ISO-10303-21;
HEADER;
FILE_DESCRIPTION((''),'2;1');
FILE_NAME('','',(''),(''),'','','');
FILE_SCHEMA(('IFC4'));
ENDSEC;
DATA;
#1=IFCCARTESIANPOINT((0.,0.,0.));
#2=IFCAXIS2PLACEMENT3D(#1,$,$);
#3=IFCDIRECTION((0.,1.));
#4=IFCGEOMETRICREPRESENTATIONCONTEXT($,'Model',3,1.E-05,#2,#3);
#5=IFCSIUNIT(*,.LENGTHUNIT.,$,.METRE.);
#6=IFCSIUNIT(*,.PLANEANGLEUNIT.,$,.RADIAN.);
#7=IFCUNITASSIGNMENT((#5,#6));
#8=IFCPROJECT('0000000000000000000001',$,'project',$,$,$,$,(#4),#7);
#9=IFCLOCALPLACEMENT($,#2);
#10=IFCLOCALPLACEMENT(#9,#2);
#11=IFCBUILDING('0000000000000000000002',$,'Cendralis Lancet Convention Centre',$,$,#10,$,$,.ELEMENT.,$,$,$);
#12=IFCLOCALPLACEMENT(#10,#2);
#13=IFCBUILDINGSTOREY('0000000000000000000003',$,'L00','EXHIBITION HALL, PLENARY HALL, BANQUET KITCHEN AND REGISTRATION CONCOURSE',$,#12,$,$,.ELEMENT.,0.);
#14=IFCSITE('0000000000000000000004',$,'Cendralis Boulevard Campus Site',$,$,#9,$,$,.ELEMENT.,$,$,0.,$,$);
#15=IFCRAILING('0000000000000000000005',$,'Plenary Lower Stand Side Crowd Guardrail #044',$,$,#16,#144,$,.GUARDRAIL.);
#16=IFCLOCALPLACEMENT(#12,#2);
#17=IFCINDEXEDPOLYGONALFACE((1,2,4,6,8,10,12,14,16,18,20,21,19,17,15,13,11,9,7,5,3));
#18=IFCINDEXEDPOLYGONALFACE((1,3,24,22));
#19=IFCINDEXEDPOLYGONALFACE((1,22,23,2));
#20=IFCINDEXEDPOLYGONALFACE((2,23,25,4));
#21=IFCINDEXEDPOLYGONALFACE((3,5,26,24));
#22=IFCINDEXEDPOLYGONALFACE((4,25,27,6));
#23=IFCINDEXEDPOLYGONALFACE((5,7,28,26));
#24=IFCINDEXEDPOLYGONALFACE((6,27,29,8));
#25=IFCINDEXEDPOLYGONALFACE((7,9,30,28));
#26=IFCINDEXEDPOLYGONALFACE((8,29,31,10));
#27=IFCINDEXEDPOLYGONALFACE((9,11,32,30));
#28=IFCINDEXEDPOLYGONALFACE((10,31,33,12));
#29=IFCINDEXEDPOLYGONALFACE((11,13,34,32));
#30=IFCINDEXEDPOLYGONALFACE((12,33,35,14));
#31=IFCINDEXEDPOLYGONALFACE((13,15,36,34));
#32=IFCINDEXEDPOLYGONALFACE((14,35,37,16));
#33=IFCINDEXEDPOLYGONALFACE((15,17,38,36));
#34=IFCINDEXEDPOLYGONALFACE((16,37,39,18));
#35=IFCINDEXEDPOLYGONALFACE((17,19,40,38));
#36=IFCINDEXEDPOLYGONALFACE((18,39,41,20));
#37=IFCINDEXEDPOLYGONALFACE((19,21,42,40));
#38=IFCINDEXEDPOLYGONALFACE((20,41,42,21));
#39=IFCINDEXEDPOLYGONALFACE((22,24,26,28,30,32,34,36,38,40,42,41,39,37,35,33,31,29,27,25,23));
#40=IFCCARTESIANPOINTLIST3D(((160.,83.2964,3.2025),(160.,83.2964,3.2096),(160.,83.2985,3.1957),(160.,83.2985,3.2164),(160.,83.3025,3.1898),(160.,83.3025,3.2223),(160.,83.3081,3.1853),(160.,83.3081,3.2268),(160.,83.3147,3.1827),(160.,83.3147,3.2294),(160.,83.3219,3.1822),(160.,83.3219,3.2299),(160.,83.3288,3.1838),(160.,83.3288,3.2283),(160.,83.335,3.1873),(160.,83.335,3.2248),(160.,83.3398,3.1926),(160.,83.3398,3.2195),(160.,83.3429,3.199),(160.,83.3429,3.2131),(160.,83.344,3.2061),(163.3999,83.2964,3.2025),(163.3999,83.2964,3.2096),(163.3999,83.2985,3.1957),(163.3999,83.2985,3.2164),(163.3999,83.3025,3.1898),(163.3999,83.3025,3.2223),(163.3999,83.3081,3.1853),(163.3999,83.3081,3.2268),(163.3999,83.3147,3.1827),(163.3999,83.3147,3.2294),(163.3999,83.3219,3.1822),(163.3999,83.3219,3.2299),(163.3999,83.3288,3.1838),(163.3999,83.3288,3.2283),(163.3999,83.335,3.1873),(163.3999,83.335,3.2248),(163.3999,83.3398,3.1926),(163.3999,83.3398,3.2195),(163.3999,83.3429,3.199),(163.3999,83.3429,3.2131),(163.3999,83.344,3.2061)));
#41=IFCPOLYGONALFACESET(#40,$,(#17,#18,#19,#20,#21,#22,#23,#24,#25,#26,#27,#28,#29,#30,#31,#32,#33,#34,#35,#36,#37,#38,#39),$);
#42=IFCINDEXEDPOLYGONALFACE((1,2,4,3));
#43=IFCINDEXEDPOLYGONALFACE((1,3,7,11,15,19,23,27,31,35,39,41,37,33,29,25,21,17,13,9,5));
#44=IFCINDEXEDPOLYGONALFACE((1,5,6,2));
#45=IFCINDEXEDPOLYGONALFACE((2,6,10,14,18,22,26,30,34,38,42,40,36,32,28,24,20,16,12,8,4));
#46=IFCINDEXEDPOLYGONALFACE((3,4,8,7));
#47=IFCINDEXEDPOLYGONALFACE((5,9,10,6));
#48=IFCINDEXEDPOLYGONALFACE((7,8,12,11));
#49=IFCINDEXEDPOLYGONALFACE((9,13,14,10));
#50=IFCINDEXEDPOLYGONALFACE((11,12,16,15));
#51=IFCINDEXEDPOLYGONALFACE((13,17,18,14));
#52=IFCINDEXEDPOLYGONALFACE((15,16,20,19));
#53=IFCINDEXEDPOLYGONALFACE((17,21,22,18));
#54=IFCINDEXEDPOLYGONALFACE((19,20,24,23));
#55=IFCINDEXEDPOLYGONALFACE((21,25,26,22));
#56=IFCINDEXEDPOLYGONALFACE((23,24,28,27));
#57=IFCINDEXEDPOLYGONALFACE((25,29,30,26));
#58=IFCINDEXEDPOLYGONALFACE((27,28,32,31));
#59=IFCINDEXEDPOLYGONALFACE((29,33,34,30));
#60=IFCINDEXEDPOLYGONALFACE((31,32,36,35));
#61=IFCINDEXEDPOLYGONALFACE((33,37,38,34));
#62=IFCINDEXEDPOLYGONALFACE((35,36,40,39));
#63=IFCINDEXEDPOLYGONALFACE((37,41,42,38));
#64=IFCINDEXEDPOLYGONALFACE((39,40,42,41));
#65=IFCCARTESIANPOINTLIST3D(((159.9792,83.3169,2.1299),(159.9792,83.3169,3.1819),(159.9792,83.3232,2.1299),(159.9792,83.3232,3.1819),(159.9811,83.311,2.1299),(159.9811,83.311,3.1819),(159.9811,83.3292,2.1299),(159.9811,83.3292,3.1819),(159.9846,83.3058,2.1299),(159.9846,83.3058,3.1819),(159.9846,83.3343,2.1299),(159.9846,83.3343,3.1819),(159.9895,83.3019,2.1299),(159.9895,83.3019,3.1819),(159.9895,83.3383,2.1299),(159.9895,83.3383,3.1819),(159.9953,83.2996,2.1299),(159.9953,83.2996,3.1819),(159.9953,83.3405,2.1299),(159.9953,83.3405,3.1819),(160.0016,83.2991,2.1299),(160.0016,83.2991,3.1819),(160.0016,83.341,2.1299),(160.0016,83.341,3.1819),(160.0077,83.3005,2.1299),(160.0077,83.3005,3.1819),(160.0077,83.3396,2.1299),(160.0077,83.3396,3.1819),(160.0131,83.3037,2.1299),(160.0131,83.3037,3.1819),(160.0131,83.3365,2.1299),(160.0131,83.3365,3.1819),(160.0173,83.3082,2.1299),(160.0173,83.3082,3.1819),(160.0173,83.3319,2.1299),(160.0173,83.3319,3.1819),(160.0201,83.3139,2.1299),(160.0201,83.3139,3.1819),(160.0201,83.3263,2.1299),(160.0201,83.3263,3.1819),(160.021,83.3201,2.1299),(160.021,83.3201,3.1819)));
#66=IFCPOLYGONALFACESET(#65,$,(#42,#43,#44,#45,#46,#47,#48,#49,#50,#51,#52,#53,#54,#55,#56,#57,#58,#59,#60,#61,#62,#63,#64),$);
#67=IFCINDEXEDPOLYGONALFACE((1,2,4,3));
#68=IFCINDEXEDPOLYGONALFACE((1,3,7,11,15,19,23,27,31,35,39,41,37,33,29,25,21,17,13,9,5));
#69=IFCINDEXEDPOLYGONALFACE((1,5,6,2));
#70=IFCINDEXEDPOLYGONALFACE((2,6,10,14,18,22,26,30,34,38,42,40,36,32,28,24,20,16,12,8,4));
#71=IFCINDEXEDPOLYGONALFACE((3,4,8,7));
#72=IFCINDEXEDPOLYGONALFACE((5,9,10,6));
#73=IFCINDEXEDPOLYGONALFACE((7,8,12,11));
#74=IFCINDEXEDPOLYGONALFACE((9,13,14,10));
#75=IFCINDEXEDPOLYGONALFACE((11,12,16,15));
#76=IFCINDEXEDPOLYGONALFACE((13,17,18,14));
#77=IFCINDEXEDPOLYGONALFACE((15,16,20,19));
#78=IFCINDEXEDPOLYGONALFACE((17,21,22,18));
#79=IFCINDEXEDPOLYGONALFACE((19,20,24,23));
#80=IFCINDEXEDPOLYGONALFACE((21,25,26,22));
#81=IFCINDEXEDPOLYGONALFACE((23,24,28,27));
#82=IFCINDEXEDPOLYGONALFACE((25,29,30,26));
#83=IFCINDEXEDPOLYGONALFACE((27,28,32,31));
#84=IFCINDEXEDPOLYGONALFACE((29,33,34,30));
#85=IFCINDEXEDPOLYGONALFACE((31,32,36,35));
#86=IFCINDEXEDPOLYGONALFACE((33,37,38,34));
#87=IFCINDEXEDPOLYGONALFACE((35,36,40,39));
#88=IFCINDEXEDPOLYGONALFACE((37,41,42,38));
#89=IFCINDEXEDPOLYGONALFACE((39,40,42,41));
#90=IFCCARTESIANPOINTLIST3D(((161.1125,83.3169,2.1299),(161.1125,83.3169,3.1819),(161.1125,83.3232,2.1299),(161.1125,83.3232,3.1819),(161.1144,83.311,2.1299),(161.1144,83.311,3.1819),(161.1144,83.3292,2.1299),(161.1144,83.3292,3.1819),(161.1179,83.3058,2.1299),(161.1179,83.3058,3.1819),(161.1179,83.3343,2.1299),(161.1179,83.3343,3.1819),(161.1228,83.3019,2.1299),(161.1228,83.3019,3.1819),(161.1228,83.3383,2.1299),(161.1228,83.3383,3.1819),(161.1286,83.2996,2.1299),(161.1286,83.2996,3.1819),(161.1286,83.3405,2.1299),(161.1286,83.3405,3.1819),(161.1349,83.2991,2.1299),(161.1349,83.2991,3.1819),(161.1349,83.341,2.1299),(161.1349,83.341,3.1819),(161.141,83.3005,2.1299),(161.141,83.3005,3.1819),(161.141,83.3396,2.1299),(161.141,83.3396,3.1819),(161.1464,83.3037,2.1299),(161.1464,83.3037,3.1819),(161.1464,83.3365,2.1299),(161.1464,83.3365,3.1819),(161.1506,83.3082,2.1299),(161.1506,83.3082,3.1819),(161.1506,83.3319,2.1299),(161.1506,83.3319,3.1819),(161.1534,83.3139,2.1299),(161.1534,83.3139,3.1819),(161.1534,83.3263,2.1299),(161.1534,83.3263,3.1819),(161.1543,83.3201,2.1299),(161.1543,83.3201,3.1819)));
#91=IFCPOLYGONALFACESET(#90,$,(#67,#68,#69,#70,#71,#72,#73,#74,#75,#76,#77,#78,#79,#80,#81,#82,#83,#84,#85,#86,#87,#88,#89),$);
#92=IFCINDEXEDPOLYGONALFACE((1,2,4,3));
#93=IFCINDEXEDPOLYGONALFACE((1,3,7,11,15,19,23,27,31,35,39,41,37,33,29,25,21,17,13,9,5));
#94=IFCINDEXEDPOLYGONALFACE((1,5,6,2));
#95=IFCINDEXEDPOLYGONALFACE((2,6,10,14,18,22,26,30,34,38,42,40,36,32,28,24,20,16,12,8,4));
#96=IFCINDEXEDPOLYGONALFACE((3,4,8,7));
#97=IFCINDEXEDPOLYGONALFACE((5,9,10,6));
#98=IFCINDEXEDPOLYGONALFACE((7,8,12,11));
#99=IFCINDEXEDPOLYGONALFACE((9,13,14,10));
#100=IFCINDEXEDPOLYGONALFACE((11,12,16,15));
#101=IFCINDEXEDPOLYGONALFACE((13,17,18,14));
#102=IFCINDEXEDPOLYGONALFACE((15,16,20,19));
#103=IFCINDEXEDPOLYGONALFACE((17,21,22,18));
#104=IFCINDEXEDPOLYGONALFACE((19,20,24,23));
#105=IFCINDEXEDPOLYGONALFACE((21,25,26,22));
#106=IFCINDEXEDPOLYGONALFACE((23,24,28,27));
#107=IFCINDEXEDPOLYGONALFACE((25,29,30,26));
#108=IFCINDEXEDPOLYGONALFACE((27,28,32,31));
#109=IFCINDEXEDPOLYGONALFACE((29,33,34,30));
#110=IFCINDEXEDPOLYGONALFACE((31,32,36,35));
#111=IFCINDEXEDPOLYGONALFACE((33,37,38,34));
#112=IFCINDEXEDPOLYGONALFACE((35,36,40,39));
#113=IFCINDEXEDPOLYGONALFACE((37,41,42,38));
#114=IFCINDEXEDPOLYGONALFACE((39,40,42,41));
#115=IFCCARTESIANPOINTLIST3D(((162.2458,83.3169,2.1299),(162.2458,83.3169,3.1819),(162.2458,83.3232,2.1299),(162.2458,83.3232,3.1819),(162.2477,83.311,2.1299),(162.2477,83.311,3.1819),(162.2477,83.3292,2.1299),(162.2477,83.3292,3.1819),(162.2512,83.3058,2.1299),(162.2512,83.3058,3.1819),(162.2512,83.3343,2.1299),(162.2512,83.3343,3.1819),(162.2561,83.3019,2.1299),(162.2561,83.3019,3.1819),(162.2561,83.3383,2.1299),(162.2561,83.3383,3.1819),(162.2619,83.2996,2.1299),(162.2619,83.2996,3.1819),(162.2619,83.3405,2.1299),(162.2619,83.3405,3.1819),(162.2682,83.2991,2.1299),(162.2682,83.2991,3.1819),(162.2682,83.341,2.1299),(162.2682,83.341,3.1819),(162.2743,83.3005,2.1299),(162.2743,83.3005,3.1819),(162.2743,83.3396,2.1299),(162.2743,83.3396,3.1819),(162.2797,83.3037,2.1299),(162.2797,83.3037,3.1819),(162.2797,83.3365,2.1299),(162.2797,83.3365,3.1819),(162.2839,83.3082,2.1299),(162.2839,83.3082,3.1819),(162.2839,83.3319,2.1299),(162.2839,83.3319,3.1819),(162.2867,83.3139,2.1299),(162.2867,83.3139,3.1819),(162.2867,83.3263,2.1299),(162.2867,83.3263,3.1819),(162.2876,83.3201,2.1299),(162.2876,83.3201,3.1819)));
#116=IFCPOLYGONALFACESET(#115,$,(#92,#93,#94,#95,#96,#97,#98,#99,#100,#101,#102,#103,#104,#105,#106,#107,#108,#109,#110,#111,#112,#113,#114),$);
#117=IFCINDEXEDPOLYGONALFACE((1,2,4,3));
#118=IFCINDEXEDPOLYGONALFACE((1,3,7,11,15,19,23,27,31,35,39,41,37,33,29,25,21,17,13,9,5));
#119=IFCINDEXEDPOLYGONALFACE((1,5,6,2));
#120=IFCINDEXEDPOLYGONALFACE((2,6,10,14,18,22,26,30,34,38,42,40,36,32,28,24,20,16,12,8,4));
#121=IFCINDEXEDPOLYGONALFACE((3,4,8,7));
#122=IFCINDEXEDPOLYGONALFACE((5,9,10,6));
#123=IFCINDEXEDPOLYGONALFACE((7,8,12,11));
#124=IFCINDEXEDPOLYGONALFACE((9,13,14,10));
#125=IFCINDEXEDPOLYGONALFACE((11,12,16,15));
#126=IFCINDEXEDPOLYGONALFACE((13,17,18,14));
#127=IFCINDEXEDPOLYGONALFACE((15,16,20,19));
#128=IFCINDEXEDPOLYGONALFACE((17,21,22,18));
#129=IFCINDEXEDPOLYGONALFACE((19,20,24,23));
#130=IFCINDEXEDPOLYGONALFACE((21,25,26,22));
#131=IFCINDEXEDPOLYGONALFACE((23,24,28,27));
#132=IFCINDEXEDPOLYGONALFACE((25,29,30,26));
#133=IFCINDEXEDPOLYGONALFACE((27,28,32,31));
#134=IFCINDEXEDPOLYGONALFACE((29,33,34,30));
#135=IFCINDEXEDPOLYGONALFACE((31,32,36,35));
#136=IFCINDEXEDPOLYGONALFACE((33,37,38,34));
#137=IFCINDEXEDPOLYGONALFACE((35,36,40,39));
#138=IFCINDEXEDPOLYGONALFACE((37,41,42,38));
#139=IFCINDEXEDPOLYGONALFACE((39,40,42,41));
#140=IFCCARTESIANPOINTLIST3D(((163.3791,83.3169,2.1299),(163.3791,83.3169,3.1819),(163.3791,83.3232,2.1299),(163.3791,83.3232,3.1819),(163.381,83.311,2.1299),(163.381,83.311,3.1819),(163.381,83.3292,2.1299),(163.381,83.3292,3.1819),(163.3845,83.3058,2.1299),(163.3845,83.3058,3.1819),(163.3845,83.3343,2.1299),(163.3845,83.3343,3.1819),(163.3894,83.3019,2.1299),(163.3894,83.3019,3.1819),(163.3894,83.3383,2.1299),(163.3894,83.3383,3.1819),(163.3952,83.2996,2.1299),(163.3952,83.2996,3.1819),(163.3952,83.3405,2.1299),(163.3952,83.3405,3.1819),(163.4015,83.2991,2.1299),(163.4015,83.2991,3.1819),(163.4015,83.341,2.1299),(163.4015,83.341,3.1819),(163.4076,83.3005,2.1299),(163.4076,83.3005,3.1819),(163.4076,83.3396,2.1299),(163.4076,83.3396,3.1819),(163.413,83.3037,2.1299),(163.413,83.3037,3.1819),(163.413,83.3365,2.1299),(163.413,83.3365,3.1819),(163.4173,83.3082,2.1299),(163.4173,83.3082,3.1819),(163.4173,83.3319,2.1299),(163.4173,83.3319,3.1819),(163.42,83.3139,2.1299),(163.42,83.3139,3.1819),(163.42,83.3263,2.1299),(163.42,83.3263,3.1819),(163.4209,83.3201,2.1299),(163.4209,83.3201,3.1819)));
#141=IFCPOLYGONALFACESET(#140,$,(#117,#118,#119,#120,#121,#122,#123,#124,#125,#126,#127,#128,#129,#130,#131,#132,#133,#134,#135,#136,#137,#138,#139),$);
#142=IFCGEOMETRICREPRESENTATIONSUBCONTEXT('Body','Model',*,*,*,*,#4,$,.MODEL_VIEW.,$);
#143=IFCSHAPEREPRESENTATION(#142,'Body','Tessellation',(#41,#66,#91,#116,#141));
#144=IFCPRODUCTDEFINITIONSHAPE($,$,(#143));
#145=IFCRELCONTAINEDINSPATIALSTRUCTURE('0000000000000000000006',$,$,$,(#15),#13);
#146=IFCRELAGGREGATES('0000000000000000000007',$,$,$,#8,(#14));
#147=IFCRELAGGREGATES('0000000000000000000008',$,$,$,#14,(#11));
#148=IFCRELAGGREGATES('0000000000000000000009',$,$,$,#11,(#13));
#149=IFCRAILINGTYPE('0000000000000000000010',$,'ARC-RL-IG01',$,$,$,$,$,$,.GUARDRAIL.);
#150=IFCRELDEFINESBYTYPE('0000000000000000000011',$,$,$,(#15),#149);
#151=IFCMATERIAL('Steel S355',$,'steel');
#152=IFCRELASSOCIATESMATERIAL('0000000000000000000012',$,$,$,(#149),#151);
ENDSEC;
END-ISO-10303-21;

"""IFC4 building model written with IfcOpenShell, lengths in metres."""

from ifc_helpers import new_model, si_unit, direction, frame, origin, origin_2d, place, context, subcontext, project, spatial, circle, extrude, material, type_object, element, save


model = new_model("IFC4")

# Units and contexts
model_context = context("Model", 3, precision=1e-05, world=origin(), true_north=direction((0.0, 1.0)))
body_context = subcontext(model_context, "Body", "Model", "MODEL_VIEW")
ifc_project = project(units=[si_unit("LENGTHUNIT", "METRE"), si_unit("PLANEANGLEUNIT", "RADIAN")], contexts=[model_context])

# Site, building, storey
site_placement = place(None, origin())
site = spatial("IfcSite", under=ifc_project, at=site_placement, Name="Cendralis Boulevard Campus Site", CompositionType="ELEMENT", RefElevation=0.0)
building_placement = place(site_placement, origin())
building = spatial("IfcBuilding", under=site, at=building_placement, Name="Cendralis Lancet Convention Centre", CompositionType="ELEMENT")
storey_placement = place(building_placement, origin())
storey = spatial("IfcBuildingStorey", under=building, at=storey_placement, Name="L00", Description="EXHIBITION HALL, PLENARY HALL, BANQUET KITCHEN AND REGISTRATION CONCOURSE", CompositionType="ELEMENT", Elevation=0.0)

# Railing
ifc_material_1 = material(Name="Steel S355", Category="steel")
railing_type = type_object("IfcRailingType", Name="ARC-RL-IG01", PredefinedType="GUARDRAIL", material=ifc_material_1)
for number, where, name in (
    (1, (160.0, 83.3201, 2.1299), "Plenary Lower Stand Side Crowd Guardrail #044"),
):
    element("IfcRailing", number, at=place(storey_placement, frame(where)), inside=storey, type_object=railing_type, Name=name, PredefinedType="GUARDRAIL", context=body_context, shape_type="SweptSolid", body=[
        extrude(circle(Radius=0.0239, at=origin_2d()), frame((0.0, 0.0, 1.0762), z_axis=(1.0, 0.0, 0.0), x_axis=(0.0, 1.0, 0.0)), (0.0, 0.0, 1.0), 3.3999),
        extrude(circle(Radius=0.021, at=origin_2d()), origin(), (0.0, 0.0, 1.0), 1.052),
        extrude(circle(Radius=0.021, at=origin_2d()), frame((1.1333, 0.0, 0.0)), (0.0, 0.0, 1.0), 1.052),
        extrude(circle(Radius=0.021, at=origin_2d()), frame((2.2666, 0.0, 0.0)), (0.0, 0.0, 1.0), 1.052),
        extrude(circle(Radius=0.021, at=origin_2d()), frame((3.3999, 0.0, 0.0)), (0.0, 0.0, 1.0), 1.052),
    ])

save(model, "model.ifc")
